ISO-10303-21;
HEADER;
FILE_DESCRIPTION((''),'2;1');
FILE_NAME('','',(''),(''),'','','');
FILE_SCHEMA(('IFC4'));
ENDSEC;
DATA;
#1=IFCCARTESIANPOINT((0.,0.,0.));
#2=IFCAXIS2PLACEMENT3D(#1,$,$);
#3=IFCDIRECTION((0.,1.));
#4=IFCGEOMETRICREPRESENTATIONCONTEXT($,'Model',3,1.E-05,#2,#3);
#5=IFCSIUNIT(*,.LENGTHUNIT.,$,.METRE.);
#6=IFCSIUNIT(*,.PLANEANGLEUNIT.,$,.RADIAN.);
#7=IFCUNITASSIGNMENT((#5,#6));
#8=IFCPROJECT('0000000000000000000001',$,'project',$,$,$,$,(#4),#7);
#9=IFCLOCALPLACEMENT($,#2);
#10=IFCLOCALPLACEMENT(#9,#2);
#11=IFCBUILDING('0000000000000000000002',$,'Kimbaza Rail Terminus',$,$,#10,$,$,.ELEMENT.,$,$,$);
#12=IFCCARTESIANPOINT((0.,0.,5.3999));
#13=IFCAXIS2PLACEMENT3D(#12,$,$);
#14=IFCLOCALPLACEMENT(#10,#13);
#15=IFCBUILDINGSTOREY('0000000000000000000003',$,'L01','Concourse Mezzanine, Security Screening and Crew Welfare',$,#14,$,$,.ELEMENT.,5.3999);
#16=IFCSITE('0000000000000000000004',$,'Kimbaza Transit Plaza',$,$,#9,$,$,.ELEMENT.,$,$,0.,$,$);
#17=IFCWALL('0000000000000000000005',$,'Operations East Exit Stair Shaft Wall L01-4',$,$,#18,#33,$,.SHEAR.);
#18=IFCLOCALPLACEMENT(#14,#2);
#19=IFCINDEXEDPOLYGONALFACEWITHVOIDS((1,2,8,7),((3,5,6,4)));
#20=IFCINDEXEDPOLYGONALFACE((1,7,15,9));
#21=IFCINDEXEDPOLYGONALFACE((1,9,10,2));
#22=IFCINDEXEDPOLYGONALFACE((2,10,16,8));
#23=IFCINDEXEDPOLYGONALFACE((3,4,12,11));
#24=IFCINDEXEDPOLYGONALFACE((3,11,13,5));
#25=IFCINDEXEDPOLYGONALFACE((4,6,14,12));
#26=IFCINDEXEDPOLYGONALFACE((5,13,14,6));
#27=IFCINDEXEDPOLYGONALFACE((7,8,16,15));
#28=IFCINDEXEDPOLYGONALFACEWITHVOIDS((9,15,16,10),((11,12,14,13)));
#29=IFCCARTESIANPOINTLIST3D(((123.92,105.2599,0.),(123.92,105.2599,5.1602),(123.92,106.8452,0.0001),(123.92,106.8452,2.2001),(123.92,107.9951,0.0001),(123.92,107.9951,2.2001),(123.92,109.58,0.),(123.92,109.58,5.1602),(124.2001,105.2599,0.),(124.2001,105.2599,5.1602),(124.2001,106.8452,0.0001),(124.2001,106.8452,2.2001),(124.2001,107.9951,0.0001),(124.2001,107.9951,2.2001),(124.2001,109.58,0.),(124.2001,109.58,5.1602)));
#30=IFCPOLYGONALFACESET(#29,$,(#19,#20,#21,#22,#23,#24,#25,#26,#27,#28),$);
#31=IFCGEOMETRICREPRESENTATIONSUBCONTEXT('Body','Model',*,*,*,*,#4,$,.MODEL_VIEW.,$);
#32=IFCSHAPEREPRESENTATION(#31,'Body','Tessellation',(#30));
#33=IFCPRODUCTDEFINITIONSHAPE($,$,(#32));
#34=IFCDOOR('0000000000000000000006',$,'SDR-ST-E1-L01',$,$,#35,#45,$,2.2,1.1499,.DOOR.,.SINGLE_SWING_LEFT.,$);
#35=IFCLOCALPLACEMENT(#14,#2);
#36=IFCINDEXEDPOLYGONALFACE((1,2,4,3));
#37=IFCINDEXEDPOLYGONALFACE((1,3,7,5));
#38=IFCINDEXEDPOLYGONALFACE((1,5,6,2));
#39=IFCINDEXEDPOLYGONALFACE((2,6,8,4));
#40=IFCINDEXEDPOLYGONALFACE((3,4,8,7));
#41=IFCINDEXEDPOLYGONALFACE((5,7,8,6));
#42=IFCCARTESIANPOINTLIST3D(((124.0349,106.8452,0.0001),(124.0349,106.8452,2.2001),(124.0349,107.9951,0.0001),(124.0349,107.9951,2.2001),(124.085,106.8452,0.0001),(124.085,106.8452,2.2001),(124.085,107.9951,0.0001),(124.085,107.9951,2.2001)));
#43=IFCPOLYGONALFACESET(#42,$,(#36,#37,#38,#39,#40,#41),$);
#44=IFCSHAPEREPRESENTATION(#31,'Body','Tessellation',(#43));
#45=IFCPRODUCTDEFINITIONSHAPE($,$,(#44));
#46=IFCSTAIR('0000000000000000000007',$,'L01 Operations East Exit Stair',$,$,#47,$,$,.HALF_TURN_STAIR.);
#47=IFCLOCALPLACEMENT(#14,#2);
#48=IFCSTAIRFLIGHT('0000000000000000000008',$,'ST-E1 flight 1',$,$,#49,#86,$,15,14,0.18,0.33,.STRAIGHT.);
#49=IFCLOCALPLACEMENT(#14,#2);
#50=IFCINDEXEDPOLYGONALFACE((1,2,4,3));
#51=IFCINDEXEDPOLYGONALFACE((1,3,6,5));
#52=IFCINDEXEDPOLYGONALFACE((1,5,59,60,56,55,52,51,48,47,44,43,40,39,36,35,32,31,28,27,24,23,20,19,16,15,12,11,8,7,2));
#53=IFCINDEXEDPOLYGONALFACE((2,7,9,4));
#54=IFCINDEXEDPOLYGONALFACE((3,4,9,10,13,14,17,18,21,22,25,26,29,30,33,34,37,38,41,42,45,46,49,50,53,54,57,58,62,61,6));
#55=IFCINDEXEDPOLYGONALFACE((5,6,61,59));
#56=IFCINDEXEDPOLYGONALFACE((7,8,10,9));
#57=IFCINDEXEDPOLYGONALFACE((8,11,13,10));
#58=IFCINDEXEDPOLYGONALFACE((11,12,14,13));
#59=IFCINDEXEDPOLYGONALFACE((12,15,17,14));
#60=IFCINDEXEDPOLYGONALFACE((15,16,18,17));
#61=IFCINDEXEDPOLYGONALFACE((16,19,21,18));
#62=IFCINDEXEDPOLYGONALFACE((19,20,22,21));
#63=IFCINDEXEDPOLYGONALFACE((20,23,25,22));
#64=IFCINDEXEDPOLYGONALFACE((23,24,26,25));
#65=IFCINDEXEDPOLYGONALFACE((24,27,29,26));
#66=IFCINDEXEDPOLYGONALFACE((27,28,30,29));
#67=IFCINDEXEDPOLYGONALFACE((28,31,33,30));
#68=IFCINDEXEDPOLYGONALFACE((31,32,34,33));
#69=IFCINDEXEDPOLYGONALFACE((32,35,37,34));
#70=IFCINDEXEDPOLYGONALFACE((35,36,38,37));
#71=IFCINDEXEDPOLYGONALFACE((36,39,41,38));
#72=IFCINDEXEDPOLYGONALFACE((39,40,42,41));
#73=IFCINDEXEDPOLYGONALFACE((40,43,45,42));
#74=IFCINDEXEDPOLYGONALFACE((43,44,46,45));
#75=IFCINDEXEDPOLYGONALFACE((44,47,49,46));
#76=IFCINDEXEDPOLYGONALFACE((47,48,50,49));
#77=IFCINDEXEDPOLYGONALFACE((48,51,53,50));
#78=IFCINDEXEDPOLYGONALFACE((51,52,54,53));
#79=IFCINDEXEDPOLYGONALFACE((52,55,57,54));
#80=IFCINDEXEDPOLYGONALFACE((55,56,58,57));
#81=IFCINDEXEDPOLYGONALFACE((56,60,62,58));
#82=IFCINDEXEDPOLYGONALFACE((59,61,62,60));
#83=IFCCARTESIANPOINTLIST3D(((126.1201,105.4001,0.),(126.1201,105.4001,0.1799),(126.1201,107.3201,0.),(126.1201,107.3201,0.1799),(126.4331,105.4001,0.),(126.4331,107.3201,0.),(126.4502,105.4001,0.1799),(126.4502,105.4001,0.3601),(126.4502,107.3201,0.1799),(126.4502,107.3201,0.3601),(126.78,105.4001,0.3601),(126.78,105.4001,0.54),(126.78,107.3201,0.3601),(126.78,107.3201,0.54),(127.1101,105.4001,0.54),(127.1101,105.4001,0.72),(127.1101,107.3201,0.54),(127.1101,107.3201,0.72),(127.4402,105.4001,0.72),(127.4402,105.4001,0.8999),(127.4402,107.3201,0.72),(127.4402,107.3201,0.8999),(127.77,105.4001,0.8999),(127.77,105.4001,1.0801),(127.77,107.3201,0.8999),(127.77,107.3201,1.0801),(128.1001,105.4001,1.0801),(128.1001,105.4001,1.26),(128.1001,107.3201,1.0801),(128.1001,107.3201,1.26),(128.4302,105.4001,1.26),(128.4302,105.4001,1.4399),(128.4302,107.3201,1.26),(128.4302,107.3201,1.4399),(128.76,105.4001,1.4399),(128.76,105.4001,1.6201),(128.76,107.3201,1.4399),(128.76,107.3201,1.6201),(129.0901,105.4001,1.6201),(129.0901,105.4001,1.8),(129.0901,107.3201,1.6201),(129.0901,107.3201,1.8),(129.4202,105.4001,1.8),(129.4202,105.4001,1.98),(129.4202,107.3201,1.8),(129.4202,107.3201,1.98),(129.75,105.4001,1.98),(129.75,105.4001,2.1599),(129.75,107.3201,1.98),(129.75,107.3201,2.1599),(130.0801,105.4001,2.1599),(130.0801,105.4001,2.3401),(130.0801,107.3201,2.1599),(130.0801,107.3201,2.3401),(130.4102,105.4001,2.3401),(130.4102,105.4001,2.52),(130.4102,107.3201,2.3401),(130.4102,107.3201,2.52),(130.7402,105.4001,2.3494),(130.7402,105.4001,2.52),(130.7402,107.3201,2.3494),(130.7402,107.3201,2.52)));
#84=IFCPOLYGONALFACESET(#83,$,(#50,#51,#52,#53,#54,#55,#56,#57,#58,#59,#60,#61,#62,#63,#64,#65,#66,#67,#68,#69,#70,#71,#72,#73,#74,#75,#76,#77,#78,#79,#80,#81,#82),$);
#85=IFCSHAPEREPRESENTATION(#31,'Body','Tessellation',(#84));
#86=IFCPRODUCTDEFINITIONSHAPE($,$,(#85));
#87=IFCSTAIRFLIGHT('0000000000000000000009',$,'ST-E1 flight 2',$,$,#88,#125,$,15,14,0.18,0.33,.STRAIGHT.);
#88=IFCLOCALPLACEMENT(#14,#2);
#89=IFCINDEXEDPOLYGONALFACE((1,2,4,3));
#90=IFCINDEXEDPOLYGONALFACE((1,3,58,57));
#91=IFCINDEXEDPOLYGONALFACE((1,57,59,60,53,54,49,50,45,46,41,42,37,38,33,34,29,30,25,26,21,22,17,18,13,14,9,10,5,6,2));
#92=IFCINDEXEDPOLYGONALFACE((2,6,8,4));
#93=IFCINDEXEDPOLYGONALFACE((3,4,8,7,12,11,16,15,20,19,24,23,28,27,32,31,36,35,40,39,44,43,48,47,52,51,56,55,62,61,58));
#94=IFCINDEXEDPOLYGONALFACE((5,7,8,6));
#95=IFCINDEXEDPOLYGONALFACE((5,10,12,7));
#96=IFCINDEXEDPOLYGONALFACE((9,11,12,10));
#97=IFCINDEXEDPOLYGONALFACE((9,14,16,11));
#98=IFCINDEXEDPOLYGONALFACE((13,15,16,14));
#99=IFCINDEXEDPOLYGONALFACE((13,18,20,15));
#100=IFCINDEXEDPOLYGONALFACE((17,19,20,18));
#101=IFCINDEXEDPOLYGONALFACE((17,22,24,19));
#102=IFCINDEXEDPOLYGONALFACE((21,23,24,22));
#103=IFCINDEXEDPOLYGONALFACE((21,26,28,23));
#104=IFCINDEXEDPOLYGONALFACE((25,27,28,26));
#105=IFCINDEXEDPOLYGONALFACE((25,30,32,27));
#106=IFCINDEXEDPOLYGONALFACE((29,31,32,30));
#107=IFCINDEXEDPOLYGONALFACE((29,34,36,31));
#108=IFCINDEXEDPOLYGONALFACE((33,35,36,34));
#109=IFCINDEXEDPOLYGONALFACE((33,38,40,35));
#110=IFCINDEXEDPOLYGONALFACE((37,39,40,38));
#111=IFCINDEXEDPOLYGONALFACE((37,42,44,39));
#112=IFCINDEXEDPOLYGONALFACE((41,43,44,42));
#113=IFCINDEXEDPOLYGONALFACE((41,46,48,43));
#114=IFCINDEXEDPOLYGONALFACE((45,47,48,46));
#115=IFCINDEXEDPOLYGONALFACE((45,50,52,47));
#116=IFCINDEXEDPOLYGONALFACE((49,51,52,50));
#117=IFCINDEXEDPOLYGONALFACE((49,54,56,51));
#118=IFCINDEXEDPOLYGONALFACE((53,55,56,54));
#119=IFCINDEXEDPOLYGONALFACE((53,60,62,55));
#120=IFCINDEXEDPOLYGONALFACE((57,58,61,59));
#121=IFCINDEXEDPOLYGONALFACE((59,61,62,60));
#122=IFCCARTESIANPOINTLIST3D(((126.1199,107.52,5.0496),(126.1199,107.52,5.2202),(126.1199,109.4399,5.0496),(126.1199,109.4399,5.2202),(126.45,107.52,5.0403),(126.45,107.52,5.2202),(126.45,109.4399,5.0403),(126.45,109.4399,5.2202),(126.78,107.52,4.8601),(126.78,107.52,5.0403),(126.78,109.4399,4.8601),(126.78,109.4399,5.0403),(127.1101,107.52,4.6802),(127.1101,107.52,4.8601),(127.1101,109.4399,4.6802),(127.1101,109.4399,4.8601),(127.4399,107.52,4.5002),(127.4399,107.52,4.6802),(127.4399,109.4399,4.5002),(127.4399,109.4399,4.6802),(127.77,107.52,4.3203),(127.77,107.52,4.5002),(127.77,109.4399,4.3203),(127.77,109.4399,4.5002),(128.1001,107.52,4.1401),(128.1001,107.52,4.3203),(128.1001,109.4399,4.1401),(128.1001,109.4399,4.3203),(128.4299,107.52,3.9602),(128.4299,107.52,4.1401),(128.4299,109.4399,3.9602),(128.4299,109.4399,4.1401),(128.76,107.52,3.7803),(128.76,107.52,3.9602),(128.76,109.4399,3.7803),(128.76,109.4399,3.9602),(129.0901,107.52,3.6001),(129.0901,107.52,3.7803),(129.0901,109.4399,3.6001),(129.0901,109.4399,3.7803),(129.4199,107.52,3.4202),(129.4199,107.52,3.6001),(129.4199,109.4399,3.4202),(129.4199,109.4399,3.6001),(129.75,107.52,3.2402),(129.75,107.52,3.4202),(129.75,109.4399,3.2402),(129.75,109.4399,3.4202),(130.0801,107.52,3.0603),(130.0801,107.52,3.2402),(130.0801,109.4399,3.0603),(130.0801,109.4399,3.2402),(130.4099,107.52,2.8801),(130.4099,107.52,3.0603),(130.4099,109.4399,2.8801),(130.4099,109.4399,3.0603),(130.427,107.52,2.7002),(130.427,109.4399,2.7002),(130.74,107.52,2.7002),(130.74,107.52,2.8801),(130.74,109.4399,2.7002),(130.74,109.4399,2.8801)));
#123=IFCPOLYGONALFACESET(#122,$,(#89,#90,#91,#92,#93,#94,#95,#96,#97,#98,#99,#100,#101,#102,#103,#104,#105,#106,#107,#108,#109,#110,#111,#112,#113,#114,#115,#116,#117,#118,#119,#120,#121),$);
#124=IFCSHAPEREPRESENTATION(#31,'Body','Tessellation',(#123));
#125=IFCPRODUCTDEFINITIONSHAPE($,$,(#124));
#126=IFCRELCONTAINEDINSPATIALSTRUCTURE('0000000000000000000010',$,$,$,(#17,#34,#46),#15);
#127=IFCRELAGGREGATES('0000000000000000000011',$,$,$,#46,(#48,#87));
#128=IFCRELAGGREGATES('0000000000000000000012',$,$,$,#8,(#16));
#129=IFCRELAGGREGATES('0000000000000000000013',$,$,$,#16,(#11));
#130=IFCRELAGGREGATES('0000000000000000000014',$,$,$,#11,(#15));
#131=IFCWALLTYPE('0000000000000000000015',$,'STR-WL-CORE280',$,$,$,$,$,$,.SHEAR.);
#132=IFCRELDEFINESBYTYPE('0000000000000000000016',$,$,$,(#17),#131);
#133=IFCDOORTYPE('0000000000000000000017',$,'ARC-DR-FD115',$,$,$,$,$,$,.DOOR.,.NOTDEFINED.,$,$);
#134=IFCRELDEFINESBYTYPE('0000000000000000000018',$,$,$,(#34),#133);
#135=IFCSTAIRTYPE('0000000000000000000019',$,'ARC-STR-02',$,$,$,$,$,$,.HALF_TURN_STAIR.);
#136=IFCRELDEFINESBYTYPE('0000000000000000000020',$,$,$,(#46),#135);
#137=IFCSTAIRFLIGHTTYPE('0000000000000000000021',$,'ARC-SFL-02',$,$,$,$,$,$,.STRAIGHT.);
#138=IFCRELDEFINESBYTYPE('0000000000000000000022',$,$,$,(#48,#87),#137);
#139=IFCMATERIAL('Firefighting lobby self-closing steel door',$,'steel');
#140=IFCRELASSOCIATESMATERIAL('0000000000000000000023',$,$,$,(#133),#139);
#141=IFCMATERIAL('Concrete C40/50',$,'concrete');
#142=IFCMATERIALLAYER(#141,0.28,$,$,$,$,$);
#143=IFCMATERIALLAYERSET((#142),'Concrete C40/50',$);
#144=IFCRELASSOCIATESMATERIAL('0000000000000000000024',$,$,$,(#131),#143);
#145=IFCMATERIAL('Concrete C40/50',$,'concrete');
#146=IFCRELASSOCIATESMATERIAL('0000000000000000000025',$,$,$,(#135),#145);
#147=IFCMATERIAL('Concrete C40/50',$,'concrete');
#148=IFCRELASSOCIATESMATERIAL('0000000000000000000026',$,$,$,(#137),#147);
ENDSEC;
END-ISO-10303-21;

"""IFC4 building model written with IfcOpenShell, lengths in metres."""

from ifc_helpers import new_model, si_unit, direction, frame, frame_2d, origin, place, context, subcontext, project, spatial, polyline, rectangle, outline, extrude, material, layer, layer_set, type_object, element, fill, aggregate, save


model = new_model("IFC4")

# Units and contexts
model_context = context("Model", 3, precision=1e-05, world=origin(), true_north=direction((0.0, 1.0)))
body_context = subcontext(model_context, "Body", "Model", "MODEL_VIEW")
ifc_project = project(units=[si_unit("LENGTHUNIT", "METRE"), si_unit("PLANEANGLEUNIT", "RADIAN")], contexts=[model_context])

# Site, building, storey
site_placement = place(None, origin())
site = spatial("IfcSite", under=ifc_project, at=site_placement, Name="Kimbaza Transit Plaza", CompositionType="ELEMENT", RefElevation=0.0)
building_placement = place(site_placement, origin())
building = spatial("IfcBuilding", under=site, at=building_placement, Name="Kimbaza Rail Terminus", CompositionType="ELEMENT")
storey_placement = place(building_placement, frame((0.0, 0.0, 5.3999)))
storey = spatial("IfcBuildingStorey", under=building, at=storey_placement, Name="L01", Description="Concourse Mezzanine, Security Screening and Crew Welfare", CompositionType="ELEMENT", Elevation=5.3999)

# Shared definitions
ifc_material_1 = material(Name="Firefighting lobby self-closing steel door", Category="steel")
door_type_1 = type_object("IfcDoorType", Name="ARC-DR-FD115", OperationType="NOTDEFINED", PredefinedType="DOOR", material=ifc_material_1)

# Shared definitions
ifc_material_2 = material(Name="Concrete C40/50", Category="concrete")
ifc_layer_1 = layer(ifc_material_2, 0.28)
ifc_layer_set_1 = layer_set([ifc_layer_1], Name="Concrete C40/50")
wall_type_1 = type_object("IfcWallType", Name="STR-WL-CORE280", PredefinedType="SHEAR", material=ifc_layer_set_1)

# Wall, opening, door
wall_1_placement = place(storey_placement, frame((124.0601, 109.5801, 0.0), z_axis=(0.0, 0.0, 1.0), x_axis=(0.0, -1.0, 0.0)))
wall_1 = element("IfcWall", 1, at=wall_1_placement, inside=storey, type_object=wall_type_1, Name="Operations East Exit Stair Shaft Wall L01-4", PredefinedType="SHEAR", context=body_context, shape_type="SweptSolid", body=[
    extrude(rectangle(XDim=4.3201, YDim=0.28, at=frame_2d((2.1602, 0.0))), origin(), (0.0, 0.0, 1.0), 5.1602),
])
opening_1_placement = place(wall_1_placement, frame((1.585, 0.0, 0.0)))
opening_1 = element("IfcOpeningElement", 2, at=opening_1_placement, cuts=wall_1, PredefinedType="OPENING", context=body_context, shape_type="SweptSolid", body=[
    extrude(rectangle(XDim=1.1499, YDim=2.2, at=frame_2d((0.575, 1.1001))), frame((0.0, 0.1499, 0.0), z_axis=(0.0, -1.0, 0.0), x_axis=(1.0, 0.0, 0.0)), (0.0, 0.0, 1.0), 0.3),
])
door_1_placement = place(opening_1_placement, origin())
door_1 = element("IfcDoor", 3, at=door_1_placement, inside=storey, type_object=door_type_1, Name="SDR-ST-E1-L01", OperationType="SINGLE_SWING_LEFT", OverallHeight=2.2, OverallWidth=1.1499, PredefinedType="DOOR", context=body_context, shape_type="SweptSolid", body=[
    extrude(rectangle(XDim=1.1499, YDim=2.2, at=frame_2d((0.575, 1.1001))), frame((0.0, 0.0249, 0.0), z_axis=(0.0, -1.0, 0.0), x_axis=(1.0, 0.0, 0.0)), (0.0, 0.0, 1.0), 0.05),
])
fill(opening_1, door_1)

# Stair, stair flights
ifc_material_3 = material(Name="Concrete C40/50", Category="concrete")
stair_type = type_object("IfcStairType", Name="ARC-STR-02", PredefinedType="HALF_TURN_STAIR", material=ifc_material_3)
stair_placement = place(storey_placement, origin())
stair = element("IfcStair", 4, at=stair_placement, inside=storey, type_object=stair_type, Name="L01 Operations East Exit Stair", PredefinedType="HALF_TURN_STAIR")
ifc_material_4 = material(Name="Concrete C40/50", Category="concrete")
stair_flight_type = type_object("IfcStairFlightType", Name="ARC-SFL-02", PredefinedType="STRAIGHT", material=ifc_material_4)
stair_flight_1_placement = place(storey_placement, frame((126.1201, 106.3601, 0.0), z_axis=(0.0, 0.0, 1.0), x_axis=(1.0, 0.0, 0.0)))
stair_flight_1 = element("IfcStairFlight", 5, at=stair_flight_1_placement, type_object=stair_flight_type, Name="ST-E1 flight 1", NumberOfRisers=15, NumberOfTreads=14, PredefinedType="STRAIGHT", RiserHeight=0.18, TreadLength=0.33, context=body_context, shape_type="SweptSolid", body=[
    extrude(outline(polyline([(0.0, 0.0), (0.0, 0.1799), (0.3301, 0.1799), (0.3301, 0.3601), (0.6599, 0.3601), (0.6599, 0.54), (0.99, 0.54), (0.99, 0.72), (1.3201, 0.72), (1.3201, 0.8999), (1.6499, 0.8999), (1.6499, 1.0801), (1.98, 1.0801), (1.98, 1.26), (2.3101, 1.26), (2.3101, 1.4399), (2.6399, 1.4399), (2.6399, 1.6201), (2.97, 1.6201), (2.97, 1.8), (3.3, 1.8), (3.3, 1.98), (3.6299, 1.98), (3.6299, 2.1599), (3.96, 2.1599), (3.96, 2.3401), (4.29, 2.3401), (4.29, 2.52), (4.6201, 2.52), (4.6201, 2.7), (4.6201, 2.3494), (0.313, 0.0), (0.0, 0.0)])), frame((0.0, 0.96, 0.0), z_axis=(0.0, -1.0, 0.0), x_axis=(1.0, 0.0, 0.0)), (0.0, 0.0, 1.0), 1.9199),
])
stair_flight_2_placement = place(storey_placement, frame((130.74, 108.48, 2.7002), z_axis=(0.0, 0.0, 1.0), x_axis=(-1.0, 0.0, 0.0)))
stair_flight_2 = element("IfcStairFlight", 6, at=stair_flight_2_placement, type_object=stair_flight_type, Name="ST-E1 flight 2", NumberOfRisers=15, NumberOfTreads=14, PredefinedType="STRAIGHT", RiserHeight=0.18, TreadLength=0.33, context=body_context, shape_type="SweptSolid", body=[
    extrude(outline(polyline([(0.0, 0.0), (0.0, 0.1799), (0.3301, 0.1799), (0.3301, 0.3601), (0.6599, 0.3601), (0.6599, 0.54), (0.99, 0.54), (0.99, 0.72), (1.3201, 0.72), (1.3201, 0.8999), (1.6499, 0.8999), (1.6499, 1.0801), (1.98, 1.0801), (1.98, 1.26), (2.3101, 1.26), (2.3101, 1.4399), (2.6399, 1.4399), (2.6399, 1.6201), (2.97, 1.6201), (2.97, 1.8), (3.3, 1.8), (3.3, 1.98), (3.6299, 1.98), (3.6299, 2.1599), (3.96, 2.1599), (3.96, 2.3401), (4.29, 2.3401), (4.29, 2.52), (4.6201, 2.52), (4.6201, 2.7), (4.6201, 2.3494), (0.313, 0.0), (0.0, 0.0)])), frame((0.0, 0.96, 0.0), z_axis=(0.0, -1.0, 0.0), x_axis=(1.0, 0.0, 0.0)), (0.0, 0.0, 1.0), 1.9199),
])
aggregate(stair, [stair_flight_1, stair_flight_2])

save(model, "model.ifc")
